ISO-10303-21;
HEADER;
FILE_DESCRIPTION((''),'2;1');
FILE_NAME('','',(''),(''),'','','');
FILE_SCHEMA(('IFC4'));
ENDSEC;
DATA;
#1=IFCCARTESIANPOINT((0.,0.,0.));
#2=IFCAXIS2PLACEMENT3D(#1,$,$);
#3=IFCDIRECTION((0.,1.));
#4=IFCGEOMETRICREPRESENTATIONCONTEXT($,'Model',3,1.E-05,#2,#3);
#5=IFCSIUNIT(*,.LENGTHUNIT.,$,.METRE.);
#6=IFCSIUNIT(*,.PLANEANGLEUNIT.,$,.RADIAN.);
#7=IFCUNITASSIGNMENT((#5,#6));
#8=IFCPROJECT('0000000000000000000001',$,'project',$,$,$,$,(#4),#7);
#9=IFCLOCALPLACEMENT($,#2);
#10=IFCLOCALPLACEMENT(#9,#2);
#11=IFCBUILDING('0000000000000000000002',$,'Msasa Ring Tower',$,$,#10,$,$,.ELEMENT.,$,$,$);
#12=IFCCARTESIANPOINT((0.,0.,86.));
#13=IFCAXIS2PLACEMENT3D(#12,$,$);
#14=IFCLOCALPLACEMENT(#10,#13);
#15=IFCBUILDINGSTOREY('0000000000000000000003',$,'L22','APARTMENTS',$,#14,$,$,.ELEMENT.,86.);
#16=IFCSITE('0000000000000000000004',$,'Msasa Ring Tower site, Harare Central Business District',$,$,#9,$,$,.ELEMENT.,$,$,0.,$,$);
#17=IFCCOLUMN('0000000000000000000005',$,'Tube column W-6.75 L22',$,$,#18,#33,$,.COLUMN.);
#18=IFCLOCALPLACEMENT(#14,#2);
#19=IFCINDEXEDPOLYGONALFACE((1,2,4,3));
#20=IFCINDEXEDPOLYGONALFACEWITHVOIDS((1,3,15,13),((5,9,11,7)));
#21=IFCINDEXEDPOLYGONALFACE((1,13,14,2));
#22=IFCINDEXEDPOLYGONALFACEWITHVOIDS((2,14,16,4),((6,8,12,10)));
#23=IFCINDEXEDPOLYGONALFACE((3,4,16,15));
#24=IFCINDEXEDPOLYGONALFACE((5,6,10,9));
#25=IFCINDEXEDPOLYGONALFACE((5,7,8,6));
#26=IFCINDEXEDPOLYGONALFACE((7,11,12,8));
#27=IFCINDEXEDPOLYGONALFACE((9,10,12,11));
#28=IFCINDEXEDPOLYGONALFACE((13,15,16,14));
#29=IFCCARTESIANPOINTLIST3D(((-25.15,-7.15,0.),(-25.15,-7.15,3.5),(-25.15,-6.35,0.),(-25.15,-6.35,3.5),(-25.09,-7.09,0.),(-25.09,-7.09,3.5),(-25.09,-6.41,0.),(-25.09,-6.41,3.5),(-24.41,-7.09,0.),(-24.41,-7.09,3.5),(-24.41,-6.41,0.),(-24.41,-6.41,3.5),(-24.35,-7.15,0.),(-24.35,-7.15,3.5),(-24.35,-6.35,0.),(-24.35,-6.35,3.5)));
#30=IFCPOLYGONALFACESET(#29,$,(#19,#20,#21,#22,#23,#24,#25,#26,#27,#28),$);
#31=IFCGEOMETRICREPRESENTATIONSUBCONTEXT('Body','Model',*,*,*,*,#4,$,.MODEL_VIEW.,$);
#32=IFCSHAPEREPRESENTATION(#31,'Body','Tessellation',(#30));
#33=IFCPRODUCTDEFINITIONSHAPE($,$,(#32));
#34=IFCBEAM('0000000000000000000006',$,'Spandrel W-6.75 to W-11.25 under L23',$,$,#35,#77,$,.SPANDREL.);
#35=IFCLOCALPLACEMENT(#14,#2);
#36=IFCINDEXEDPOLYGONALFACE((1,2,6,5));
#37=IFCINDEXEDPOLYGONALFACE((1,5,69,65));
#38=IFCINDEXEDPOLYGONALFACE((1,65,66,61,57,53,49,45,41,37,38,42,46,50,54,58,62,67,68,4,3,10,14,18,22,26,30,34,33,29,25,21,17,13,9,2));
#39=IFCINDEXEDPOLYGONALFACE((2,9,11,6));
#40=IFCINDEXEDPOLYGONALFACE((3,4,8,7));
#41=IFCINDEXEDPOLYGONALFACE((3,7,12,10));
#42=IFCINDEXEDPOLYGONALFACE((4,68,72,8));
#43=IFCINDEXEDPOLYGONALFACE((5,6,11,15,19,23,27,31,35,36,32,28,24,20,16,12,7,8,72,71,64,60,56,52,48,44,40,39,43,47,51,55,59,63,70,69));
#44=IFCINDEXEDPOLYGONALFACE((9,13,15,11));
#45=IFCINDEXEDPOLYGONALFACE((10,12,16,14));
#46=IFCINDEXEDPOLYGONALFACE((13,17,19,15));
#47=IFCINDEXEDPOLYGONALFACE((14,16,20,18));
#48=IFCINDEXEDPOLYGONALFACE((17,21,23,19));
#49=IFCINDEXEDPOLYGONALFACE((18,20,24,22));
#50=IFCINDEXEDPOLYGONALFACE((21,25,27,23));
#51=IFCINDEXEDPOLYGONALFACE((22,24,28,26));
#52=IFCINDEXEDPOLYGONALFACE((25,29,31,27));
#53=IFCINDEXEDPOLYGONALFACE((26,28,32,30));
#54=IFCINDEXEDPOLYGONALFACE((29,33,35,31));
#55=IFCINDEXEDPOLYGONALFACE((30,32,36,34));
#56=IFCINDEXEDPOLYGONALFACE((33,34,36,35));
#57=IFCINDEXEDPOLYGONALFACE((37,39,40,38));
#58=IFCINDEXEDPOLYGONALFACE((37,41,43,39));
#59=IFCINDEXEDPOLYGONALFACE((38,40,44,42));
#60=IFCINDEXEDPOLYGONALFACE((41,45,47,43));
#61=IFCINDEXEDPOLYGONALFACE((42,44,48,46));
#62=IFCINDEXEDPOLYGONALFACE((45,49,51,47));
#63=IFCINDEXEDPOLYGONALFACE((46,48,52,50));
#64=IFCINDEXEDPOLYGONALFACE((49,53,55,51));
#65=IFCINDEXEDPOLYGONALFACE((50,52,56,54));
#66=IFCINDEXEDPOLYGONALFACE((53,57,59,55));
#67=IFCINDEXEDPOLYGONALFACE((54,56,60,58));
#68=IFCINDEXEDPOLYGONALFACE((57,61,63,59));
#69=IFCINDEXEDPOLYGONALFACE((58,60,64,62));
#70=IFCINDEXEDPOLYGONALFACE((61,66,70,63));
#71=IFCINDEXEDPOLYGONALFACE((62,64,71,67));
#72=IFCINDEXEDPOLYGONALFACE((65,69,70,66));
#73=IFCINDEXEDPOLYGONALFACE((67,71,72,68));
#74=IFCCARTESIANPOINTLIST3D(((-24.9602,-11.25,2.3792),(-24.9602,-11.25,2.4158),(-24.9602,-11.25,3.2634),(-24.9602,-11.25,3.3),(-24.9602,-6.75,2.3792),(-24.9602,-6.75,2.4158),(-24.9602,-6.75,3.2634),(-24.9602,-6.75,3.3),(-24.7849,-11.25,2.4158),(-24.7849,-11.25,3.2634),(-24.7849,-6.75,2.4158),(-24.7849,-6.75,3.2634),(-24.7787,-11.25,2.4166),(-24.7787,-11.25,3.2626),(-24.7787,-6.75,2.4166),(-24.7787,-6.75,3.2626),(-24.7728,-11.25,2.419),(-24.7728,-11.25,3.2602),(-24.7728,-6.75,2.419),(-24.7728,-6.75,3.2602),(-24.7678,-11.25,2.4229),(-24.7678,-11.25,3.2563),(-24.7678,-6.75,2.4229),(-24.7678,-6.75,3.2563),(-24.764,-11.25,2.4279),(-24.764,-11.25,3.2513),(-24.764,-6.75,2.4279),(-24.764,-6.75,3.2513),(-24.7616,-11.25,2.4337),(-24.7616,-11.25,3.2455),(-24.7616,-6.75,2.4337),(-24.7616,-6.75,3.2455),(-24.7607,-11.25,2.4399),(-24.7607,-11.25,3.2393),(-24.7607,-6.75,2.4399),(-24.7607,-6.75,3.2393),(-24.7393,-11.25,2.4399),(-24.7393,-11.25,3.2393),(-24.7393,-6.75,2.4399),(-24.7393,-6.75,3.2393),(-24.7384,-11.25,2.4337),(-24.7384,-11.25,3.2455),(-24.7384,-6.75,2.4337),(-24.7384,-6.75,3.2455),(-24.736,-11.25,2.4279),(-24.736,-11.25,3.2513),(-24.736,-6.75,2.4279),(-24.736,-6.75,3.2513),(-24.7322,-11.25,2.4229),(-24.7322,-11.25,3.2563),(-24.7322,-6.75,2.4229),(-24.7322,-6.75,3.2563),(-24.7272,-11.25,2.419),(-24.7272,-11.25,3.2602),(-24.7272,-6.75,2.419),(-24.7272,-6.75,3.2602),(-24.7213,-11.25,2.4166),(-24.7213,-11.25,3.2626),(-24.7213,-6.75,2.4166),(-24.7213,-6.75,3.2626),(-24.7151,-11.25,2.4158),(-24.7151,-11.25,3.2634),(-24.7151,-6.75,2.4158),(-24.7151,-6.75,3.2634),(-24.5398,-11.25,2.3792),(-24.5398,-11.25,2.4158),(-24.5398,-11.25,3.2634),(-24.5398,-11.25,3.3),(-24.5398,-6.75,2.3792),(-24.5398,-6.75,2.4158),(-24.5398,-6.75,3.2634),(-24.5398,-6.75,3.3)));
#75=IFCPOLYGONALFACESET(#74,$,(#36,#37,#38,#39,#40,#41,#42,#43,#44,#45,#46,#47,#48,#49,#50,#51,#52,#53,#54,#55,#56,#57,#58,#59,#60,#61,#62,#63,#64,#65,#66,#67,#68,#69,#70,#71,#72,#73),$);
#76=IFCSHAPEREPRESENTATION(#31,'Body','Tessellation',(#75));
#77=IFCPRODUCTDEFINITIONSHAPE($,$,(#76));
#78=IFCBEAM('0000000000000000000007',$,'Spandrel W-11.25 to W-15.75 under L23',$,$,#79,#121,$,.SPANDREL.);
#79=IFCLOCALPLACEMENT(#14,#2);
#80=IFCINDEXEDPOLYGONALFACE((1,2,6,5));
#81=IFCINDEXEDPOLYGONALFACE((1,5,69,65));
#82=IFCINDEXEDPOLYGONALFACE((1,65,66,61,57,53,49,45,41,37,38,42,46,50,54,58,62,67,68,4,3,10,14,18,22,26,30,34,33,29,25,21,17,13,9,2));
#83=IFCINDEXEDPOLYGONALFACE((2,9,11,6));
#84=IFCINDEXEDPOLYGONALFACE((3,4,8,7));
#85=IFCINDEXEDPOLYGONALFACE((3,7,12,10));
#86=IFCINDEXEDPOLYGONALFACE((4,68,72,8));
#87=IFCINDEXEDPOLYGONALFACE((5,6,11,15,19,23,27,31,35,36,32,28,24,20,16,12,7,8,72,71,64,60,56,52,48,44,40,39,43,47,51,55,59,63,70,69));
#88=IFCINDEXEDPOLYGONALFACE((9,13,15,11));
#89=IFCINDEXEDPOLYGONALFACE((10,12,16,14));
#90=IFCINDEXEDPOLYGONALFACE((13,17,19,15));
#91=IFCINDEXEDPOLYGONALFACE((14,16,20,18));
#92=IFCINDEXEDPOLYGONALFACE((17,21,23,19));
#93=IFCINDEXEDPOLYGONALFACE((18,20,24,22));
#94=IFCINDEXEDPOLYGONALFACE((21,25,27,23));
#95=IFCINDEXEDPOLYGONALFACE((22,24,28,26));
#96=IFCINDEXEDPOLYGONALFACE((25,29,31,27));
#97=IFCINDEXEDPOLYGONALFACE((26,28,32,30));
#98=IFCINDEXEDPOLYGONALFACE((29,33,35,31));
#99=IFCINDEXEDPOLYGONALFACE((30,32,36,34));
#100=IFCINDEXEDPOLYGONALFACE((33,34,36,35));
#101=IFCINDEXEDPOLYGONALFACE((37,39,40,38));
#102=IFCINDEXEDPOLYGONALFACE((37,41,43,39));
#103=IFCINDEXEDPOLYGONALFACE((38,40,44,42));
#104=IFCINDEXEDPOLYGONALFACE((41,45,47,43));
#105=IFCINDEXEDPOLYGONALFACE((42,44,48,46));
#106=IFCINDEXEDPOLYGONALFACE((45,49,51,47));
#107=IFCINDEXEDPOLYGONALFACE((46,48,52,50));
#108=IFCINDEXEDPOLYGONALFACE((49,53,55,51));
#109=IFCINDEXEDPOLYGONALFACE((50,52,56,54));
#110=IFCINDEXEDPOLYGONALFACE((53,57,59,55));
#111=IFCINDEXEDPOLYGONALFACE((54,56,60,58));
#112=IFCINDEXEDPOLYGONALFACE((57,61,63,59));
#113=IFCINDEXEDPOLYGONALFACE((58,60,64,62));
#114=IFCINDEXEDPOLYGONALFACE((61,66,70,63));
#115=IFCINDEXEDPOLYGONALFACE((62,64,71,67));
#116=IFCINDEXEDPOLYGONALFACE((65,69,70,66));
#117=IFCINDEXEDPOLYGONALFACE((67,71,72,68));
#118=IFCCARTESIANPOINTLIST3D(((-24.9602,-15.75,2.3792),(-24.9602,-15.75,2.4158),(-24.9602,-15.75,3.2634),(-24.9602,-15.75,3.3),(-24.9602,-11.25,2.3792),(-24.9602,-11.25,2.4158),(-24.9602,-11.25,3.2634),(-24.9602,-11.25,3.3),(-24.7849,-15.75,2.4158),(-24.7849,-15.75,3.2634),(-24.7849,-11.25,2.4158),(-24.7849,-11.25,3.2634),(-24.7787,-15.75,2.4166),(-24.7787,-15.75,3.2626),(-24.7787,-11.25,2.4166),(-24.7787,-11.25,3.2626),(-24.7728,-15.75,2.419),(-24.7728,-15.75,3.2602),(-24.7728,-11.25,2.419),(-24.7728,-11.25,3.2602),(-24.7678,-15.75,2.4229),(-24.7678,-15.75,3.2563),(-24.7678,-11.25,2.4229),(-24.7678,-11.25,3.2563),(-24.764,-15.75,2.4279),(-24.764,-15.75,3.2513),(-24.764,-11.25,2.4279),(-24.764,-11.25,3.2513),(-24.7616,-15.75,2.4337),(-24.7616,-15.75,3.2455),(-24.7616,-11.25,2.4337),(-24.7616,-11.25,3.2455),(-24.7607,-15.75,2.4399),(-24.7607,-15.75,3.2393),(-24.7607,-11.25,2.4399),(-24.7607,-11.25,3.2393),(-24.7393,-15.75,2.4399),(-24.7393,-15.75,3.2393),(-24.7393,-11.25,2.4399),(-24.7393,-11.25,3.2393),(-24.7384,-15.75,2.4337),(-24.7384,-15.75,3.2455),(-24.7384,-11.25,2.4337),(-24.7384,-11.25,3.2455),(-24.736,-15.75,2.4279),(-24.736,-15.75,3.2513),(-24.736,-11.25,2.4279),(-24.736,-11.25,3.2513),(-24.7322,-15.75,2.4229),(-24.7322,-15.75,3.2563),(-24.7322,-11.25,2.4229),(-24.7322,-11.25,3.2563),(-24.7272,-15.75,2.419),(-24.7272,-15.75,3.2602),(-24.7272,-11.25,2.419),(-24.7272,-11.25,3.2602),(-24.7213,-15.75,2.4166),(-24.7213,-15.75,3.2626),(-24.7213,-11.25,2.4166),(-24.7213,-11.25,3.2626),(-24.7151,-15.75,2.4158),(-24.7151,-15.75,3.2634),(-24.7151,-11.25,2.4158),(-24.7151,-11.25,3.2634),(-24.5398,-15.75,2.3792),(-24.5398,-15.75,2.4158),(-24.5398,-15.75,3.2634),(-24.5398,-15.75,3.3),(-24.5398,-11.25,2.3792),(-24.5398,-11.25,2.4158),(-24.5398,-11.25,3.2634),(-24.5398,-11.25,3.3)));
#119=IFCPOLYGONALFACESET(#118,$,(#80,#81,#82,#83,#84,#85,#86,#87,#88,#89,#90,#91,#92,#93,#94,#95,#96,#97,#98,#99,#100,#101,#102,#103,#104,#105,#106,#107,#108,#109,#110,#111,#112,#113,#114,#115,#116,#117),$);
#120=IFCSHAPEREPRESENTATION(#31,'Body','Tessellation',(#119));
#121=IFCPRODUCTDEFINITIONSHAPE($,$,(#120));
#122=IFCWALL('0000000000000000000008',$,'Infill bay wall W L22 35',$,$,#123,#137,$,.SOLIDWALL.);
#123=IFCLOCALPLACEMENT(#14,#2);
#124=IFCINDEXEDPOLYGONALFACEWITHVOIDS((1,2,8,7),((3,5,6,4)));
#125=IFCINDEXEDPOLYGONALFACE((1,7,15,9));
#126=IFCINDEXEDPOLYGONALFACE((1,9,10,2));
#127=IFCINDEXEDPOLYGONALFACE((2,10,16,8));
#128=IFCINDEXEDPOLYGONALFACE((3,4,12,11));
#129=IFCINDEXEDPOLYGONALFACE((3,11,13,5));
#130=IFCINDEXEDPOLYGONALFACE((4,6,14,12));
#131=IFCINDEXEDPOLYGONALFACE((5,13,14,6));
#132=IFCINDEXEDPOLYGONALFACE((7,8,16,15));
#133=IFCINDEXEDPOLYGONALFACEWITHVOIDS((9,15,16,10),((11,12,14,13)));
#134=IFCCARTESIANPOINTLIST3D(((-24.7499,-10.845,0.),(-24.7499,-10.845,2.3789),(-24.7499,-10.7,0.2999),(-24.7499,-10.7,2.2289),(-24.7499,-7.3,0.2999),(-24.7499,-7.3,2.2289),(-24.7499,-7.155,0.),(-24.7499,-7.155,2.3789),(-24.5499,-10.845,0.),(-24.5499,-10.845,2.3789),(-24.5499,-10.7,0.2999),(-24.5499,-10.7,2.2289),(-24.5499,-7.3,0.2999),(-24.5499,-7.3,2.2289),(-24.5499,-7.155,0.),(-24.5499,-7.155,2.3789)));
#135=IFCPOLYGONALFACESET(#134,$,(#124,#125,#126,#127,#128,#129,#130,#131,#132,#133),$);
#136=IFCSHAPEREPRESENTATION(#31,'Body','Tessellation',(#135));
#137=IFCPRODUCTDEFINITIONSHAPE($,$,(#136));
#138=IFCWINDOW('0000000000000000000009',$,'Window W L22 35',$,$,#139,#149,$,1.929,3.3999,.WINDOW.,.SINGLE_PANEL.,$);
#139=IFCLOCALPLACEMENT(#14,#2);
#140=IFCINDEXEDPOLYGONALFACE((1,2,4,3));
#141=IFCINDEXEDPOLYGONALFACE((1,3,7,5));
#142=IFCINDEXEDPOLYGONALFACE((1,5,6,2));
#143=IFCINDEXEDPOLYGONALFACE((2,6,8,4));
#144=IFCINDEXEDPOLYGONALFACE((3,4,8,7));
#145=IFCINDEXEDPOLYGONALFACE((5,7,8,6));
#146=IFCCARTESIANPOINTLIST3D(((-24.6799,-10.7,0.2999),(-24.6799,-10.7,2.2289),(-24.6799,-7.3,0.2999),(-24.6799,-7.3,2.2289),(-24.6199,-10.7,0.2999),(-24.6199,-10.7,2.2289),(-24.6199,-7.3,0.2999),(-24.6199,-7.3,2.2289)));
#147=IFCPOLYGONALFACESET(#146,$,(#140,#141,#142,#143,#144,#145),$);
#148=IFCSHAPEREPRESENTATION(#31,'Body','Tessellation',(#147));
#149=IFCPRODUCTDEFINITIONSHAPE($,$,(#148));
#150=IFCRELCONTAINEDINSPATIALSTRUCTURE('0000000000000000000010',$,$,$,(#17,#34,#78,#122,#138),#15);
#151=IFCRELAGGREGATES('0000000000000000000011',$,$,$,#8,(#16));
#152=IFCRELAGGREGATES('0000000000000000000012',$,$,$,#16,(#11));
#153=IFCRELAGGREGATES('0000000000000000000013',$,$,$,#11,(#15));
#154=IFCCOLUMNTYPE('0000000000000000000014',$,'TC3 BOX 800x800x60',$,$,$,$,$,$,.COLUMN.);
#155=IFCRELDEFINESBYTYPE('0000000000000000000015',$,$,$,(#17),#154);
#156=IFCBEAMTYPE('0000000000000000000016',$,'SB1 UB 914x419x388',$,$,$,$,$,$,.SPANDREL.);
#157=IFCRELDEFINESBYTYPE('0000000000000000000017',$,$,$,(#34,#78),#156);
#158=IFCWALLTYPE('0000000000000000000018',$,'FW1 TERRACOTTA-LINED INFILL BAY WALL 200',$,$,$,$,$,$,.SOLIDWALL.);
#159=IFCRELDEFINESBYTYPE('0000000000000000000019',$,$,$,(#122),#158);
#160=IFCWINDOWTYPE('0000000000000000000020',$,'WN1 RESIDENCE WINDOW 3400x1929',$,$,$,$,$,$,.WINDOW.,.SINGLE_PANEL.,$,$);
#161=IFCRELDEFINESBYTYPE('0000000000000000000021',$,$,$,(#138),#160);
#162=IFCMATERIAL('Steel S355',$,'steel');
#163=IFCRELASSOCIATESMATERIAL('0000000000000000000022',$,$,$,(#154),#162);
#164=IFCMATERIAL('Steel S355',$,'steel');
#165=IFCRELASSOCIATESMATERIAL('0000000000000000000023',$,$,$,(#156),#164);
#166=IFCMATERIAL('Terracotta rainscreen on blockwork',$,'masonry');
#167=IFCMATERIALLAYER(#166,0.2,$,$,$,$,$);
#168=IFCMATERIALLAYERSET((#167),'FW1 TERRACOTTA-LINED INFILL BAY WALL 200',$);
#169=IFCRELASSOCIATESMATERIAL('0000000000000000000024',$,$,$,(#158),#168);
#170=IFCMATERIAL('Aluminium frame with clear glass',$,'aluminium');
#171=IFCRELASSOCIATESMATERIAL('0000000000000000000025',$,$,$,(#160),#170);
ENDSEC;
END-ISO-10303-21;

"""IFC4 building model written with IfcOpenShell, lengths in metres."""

from ifc_helpers import new_model, si_unit, direction, frame, frame_2d, origin, origin_2d, place, context, subcontext, project, spatial, rectangle, hollow_rectangle, i_section, extrude, material, layer, layer_set, material_profile, profile_set, type_object, element, fill, save


model = new_model("IFC4")

# Units and contexts
model_context = context("Model", 3, precision=1e-05, world=origin(), true_north=direction((0.0, 1.0)))
body_context = subcontext(model_context, "Body", "Model", "MODEL_VIEW")
ifc_project = project(units=[si_unit("LENGTHUNIT", "METRE"), si_unit("PLANEANGLEUNIT", "RADIAN")], contexts=[model_context])

# Site, building, storey
site_placement = place(None, origin())
site = spatial("IfcSite", under=ifc_project, at=site_placement, Name="Msasa Ring Tower site, Harare Central Business District", CompositionType="ELEMENT", RefElevation=0.0)
building_placement = place(site_placement, origin())
building = spatial("IfcBuilding", under=site, at=building_placement, Name="Msasa Ring Tower", CompositionType="ELEMENT")
storey_placement = place(building_placement, frame((0.0, 0.0, 86.0)))
storey = spatial("IfcBuildingStorey", under=building, at=storey_placement, Name="L22", Description="APARTMENTS", CompositionType="ELEMENT", Elevation=86.0)

# Column
ifc_material_1 = material(Name="Steel S355", Category="steel")
ifc_material_profile_1 = material_profile(ifc_material_1, hollow_rectangle(XDim=0.8, YDim=0.8, WallThickness=0.0601, at=origin_2d()), Name="BOX 800x800x60")
ifc_profile_set_1 = profile_set([ifc_material_profile_1], Name="Steel S355")
column_type = type_object("IfcColumnType", Name="TC3 BOX 800x800x60", PredefinedType="COLUMN", material=ifc_profile_set_1)
column_placement = place(storey_placement, frame((-24.75, -6.75, 0.0), z_axis=(0.0, 0.0, 1.0), x_axis=(1.0, 0.0, 0.0)))
element("IfcColumn", 1, at=column_placement, inside=storey, type_object=column_type, Name="Tube column W-6.75 L22", PredefinedType="COLUMN", context=body_context, shape_type="SweptSolid", body=[
    extrude(hollow_rectangle(XDim=0.8, YDim=0.8, WallThickness=0.0601, at=origin_2d()), origin(), (0.0, 0.0, 1.0), 3.5),
])

# Beams
ifc_material_2 = material(Name="Steel S355", Category="steel")
ifc_material_profile_2 = material_profile(ifc_material_2, i_section(OverallWidth=0.4204, OverallDepth=0.9209, WebThickness=0.0215, FlangeThickness=0.0366, FilletRadius=0.0242, at=origin_2d()), Name="UB 914x419x388")
ifc_profile_set_2 = profile_set([ifc_material_profile_2], Name="Steel S355")
beam_type = type_object("IfcBeamType", Name="SB1 UB 914x419x388", PredefinedType="SPANDREL", material=ifc_profile_set_2)
for number, where, z_axis, x_axis, name in (
    (2, (-24.75, -6.75, 2.8396), (0.0, -1.0, 0.0), (1.0, 0.0, 0.0), "Spandrel W-6.75 to W-11.25 under L23"),
    (3, (-24.75, -11.25, 2.8396), (0.0, -1.0, 0.0), (1.0, 0.0, 0.0), "Spandrel W-11.25 to W-15.75 under L23"),
):
    element("IfcBeam", number, at=place(storey_placement, frame(where, z_axis=z_axis, x_axis=x_axis)), inside=storey, type_object=beam_type, Name=name, PredefinedType="SPANDREL", context=body_context, shape_type="SweptSolid", body=[
        extrude(i_section(OverallWidth=0.4204, OverallDepth=0.9209, WebThickness=0.0215, FlangeThickness=0.0366, FilletRadius=0.0242, at=origin_2d()), origin(), (0.0, 0.0, 1.0), 4.5),
    ])

# Wall, opening, window
ifc_material_3 = material(Name="Terracotta rainscreen on blockwork", Category="masonry")
ifc_layer_1 = layer(ifc_material_3, 0.2)
ifc_layer_set_1 = layer_set([ifc_layer_1], Name="FW1 TERRACOTTA-LINED INFILL BAY WALL 200")
wall_type_1 = type_object("IfcWallType", Name="FW1 TERRACOTTA-LINED INFILL BAY WALL 200", PredefinedType="SOLIDWALL", material=ifc_layer_set_1)
wall_1_placement = place(storey_placement, frame((-24.6499, -10.845, 0.0), z_axis=(0.0, 0.0, 1.0), x_axis=(0.0, 1.0, 0.0)))
wall_1 = element("IfcWall", 4, at=wall_1_placement, inside=storey, type_object=wall_type_1, Name="Infill bay wall W L22 35", PredefinedType="SOLIDWALL", context=body_context, shape_type="SweptSolid", body=[
    extrude(rectangle(XDim=3.6899, YDim=0.2, at=frame_2d((1.845, 0.0))), origin(), (0.0, 0.0, 1.0), 2.3789),
])
opening_1_placement = place(wall_1_placement, frame((0.145, 0.0, 0.3)))
opening_1 = element("IfcOpeningElement", 5, at=opening_1_placement, cuts=wall_1, PredefinedType="OPENING", context=body_context, shape_type="SweptSolid", body=[
    extrude(rectangle(XDim=3.3999, YDim=1.929, at=frame_2d((1.7, 0.9644))), frame((0.0, 0.1099, 0.0), z_axis=(0.0, -1.0, 0.0), x_axis=(1.0, 0.0, 0.0)), (0.0, 0.0, 1.0), 0.22),
])
ifc_material_4 = material(Name="Aluminium frame with clear glass", Category="aluminium")
window_type = type_object("IfcWindowType", Name="WN1 RESIDENCE WINDOW 3400x1929", PartitioningType="SINGLE_PANEL", PredefinedType="WINDOW", material=ifc_material_4)
window_placement = place(opening_1_placement, origin())
window = element("IfcWindow", 6, at=window_placement, inside=storey, type_object=window_type, Name="Window W L22 35", OverallHeight=1.929, OverallWidth=3.3999, PartitioningType="SINGLE_PANEL", PredefinedType="WINDOW", context=body_context, shape_type="SweptSolid", body=[
    extrude(rectangle(XDim=3.3999, YDim=1.929, at=frame_2d((1.7, 0.9644))), frame((0.0, 0.03, 0.0), z_axis=(0.0, -1.0, 0.0), x_axis=(1.0, 0.0, 0.0)), (0.0, 0.0, 1.0), 0.0601),
])
fill(opening_1, window)

save(model, "model.ifc")
